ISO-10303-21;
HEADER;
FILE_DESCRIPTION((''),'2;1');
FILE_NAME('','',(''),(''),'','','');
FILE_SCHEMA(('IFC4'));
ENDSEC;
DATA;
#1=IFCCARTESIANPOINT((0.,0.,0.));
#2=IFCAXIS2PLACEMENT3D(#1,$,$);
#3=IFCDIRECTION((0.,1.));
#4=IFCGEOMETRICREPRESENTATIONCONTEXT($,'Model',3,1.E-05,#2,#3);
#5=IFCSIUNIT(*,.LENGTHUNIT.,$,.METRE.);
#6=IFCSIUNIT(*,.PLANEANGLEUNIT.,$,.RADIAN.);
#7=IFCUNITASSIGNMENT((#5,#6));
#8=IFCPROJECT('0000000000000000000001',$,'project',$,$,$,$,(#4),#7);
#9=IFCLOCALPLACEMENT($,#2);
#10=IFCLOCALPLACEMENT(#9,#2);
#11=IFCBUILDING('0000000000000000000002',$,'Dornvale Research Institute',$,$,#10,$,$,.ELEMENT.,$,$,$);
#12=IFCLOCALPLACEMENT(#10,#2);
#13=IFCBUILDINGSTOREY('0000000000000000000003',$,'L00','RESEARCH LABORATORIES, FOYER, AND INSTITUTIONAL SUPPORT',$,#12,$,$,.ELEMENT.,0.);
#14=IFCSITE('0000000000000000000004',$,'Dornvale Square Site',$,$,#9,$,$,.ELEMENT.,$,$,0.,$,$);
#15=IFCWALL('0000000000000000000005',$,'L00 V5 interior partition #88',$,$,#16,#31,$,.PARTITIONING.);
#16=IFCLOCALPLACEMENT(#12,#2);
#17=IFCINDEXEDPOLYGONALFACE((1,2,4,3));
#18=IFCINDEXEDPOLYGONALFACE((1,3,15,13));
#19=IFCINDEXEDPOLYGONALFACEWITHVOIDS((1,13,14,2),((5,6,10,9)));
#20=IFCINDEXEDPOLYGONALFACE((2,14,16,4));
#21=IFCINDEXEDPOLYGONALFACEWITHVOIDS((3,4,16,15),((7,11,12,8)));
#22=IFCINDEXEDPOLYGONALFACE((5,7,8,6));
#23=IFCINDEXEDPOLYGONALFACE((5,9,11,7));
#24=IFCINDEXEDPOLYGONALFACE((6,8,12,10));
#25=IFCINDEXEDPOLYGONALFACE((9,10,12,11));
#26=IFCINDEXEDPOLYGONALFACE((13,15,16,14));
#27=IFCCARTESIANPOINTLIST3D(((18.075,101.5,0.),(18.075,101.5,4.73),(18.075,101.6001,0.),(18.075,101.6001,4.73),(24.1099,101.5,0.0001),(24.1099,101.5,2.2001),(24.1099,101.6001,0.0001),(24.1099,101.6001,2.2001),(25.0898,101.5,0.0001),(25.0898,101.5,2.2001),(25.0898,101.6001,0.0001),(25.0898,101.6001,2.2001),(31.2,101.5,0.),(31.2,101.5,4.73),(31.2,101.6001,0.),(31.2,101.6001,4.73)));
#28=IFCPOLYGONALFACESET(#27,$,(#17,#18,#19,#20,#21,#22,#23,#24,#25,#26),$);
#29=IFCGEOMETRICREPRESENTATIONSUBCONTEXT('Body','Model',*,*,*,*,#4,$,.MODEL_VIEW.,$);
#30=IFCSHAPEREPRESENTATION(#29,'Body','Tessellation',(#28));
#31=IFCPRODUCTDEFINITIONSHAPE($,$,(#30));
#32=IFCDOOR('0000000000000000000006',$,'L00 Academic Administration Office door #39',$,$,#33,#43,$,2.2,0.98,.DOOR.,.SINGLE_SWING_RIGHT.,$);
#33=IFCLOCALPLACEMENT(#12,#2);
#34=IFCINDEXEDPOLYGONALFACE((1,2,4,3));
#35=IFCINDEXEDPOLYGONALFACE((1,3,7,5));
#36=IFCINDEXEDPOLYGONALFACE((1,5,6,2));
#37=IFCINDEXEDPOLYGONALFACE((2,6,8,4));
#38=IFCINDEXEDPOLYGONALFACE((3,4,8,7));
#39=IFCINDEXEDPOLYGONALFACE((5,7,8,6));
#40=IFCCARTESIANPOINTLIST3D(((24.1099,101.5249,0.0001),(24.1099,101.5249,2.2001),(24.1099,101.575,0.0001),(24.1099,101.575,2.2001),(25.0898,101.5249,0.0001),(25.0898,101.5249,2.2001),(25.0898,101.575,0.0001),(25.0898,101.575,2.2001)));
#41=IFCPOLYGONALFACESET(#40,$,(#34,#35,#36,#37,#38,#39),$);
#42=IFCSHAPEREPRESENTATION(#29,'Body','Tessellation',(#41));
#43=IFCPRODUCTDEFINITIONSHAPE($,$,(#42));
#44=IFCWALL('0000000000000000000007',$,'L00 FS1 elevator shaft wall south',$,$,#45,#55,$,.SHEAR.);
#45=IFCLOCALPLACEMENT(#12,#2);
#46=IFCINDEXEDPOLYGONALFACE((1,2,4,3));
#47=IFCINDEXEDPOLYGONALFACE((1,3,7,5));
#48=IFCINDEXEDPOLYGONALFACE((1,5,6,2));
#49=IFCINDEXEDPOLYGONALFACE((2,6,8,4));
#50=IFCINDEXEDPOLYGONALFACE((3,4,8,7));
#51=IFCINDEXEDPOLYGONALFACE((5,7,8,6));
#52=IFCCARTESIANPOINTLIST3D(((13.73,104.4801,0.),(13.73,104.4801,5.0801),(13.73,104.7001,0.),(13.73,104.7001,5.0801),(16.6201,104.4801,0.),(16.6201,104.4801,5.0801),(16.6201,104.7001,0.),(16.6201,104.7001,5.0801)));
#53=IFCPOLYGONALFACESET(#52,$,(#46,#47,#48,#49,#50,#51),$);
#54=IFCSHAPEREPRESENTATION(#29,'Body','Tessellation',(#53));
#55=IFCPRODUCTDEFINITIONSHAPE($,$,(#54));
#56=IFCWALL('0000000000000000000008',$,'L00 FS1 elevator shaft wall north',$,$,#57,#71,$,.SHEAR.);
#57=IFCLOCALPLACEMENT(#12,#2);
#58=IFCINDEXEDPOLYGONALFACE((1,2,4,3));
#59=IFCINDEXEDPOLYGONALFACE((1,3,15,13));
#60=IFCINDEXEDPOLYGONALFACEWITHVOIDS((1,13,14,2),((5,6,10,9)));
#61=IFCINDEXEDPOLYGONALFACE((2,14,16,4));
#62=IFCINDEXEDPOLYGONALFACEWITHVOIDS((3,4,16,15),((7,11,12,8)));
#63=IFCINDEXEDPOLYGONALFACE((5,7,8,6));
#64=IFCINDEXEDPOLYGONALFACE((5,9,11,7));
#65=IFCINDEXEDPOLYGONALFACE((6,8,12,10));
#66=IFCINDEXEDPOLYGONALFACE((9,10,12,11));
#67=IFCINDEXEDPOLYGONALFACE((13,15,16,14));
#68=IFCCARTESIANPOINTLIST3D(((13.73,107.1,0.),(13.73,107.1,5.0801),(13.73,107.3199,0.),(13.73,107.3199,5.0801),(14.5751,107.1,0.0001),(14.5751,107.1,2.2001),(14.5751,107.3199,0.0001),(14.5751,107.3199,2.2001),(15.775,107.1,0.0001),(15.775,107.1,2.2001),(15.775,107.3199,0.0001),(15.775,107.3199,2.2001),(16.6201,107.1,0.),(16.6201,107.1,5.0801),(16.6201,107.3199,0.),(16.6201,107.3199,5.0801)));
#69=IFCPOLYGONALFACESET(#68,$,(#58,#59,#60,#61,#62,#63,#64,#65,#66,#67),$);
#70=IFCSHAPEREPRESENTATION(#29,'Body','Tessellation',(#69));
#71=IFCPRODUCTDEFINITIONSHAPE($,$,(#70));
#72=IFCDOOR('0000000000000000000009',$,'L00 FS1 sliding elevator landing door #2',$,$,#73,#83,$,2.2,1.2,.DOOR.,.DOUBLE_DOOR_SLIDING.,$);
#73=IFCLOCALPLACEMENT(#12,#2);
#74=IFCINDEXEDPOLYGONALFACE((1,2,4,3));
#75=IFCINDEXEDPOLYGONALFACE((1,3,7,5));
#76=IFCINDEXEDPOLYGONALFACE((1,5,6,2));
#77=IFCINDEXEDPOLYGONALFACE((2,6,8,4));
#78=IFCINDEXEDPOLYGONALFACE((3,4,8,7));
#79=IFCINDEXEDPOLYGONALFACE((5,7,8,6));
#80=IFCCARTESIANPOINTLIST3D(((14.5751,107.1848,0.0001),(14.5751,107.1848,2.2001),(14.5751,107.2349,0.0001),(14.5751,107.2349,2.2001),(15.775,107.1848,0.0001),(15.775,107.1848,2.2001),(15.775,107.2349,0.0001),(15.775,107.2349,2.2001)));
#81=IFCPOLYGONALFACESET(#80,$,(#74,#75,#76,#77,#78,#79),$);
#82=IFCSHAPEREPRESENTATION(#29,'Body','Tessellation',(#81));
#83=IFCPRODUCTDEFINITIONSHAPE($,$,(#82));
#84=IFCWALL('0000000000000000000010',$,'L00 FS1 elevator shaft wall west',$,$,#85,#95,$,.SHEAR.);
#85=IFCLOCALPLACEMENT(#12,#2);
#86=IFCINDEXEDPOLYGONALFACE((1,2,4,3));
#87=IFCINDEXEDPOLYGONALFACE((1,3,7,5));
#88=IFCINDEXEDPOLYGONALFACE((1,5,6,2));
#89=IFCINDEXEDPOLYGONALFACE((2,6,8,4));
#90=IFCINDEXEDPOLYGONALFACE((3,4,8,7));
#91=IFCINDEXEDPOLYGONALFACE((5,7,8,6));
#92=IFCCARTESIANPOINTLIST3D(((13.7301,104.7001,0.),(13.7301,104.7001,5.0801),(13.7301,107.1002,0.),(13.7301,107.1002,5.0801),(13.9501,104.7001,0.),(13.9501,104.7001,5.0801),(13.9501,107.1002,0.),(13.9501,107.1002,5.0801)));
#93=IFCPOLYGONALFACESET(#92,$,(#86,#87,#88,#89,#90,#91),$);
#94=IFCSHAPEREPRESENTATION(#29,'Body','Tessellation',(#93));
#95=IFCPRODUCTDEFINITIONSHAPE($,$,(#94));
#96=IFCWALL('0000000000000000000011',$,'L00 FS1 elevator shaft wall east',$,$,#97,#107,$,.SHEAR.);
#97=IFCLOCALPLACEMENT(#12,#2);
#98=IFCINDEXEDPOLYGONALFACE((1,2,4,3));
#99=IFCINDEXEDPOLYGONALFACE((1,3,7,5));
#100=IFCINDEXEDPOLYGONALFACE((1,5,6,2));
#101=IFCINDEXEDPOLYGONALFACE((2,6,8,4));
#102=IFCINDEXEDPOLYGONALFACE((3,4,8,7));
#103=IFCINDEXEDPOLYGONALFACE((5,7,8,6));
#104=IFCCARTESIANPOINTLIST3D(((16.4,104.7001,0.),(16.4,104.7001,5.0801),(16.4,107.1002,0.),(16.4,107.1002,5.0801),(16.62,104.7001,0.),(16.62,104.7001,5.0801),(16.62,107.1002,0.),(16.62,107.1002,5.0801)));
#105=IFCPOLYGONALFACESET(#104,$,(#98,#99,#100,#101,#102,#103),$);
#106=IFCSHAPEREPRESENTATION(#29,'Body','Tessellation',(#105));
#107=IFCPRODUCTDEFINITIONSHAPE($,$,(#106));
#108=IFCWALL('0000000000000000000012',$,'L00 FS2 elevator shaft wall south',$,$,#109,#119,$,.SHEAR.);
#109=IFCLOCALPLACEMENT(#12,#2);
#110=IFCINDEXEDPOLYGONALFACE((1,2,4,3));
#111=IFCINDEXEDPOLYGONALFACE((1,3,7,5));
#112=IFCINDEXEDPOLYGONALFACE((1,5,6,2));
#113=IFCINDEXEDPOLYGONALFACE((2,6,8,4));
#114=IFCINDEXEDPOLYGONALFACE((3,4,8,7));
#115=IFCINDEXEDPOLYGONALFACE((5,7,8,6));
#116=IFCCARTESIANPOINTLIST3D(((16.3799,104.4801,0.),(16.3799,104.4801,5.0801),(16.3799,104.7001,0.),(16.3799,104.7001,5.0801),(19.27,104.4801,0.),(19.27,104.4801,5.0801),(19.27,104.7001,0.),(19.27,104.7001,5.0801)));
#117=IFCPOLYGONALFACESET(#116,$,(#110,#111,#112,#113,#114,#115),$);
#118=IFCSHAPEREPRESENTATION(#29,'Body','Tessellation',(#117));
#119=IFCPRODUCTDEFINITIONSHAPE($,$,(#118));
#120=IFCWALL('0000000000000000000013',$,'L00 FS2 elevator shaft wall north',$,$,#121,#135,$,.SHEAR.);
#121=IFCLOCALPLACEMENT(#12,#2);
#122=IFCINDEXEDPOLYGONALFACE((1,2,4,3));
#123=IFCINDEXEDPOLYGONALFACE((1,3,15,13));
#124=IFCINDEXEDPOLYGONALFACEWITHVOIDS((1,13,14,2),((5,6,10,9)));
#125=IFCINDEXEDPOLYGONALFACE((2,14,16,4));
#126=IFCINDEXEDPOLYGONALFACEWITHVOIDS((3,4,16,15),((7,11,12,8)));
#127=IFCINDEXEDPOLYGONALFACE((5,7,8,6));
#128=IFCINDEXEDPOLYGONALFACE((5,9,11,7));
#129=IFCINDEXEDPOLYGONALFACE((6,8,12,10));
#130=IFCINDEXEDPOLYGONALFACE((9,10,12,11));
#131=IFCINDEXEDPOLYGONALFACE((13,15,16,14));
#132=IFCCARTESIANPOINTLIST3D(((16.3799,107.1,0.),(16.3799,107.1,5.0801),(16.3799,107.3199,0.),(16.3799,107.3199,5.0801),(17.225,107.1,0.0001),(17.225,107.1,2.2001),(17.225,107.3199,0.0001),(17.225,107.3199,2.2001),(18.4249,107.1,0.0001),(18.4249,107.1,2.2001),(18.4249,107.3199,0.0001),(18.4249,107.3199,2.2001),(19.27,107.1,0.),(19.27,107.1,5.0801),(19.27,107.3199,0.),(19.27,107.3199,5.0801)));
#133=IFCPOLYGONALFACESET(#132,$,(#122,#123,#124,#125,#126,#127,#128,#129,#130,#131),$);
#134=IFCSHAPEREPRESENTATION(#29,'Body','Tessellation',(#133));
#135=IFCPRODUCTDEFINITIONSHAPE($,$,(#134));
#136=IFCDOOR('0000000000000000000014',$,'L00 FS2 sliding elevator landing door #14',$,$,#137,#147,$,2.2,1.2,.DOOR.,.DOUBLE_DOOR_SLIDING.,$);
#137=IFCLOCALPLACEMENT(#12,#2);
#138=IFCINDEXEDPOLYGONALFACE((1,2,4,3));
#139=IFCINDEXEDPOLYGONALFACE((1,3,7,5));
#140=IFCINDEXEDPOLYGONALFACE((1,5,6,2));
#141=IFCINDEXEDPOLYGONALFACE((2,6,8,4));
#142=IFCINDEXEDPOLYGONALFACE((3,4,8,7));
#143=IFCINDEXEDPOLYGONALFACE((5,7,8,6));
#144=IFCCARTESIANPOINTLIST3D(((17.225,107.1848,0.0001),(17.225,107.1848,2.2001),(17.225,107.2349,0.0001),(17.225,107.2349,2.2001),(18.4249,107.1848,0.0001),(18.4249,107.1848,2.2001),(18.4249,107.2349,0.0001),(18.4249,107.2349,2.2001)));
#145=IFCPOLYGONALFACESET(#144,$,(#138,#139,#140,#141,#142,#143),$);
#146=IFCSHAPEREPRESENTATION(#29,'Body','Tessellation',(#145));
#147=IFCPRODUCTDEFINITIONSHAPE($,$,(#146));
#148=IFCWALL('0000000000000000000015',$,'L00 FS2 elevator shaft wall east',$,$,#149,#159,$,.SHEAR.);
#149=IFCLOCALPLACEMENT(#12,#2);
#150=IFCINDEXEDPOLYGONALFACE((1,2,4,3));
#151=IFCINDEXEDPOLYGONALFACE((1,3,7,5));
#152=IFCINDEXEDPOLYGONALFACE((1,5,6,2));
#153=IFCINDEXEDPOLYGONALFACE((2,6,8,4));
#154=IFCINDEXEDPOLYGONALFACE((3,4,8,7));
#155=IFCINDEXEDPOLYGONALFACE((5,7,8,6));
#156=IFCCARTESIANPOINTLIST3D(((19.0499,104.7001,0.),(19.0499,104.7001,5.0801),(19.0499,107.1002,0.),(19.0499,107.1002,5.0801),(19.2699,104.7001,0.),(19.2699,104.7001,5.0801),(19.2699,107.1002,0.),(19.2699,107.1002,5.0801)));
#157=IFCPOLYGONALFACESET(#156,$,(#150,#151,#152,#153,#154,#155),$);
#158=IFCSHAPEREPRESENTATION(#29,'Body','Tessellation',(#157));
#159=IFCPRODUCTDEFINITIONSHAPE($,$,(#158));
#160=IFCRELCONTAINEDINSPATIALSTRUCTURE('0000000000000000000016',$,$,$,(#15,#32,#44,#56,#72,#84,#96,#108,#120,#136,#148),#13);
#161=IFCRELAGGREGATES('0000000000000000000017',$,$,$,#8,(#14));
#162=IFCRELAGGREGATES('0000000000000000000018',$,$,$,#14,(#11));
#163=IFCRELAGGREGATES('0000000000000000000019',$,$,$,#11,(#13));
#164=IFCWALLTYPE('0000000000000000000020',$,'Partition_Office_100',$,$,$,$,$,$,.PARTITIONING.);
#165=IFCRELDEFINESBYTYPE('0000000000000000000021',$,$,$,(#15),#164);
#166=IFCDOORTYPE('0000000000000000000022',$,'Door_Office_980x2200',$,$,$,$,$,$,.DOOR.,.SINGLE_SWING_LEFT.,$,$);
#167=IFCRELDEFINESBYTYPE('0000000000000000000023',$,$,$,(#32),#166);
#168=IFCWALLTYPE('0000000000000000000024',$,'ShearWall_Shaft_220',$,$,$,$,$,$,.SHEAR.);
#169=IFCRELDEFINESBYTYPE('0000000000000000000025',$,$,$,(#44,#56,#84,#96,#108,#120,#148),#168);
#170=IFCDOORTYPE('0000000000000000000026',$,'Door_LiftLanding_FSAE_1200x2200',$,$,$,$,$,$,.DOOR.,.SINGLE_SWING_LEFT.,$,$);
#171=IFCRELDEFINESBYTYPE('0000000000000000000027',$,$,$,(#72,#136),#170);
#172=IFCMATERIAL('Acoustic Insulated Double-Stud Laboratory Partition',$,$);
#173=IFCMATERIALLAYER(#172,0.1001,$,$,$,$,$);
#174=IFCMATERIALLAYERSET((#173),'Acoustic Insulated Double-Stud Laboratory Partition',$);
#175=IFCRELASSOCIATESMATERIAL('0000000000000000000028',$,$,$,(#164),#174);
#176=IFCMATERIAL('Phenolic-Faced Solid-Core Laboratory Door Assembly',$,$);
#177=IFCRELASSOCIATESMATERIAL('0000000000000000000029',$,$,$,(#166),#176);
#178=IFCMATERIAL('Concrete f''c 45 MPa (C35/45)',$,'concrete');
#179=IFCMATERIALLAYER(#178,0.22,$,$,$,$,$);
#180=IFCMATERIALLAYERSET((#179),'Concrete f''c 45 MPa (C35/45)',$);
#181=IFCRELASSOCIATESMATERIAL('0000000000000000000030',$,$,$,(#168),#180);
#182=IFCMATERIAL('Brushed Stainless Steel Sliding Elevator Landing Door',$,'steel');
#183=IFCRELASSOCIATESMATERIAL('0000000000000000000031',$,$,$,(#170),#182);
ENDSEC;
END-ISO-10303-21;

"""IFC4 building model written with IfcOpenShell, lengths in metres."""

from ifc_helpers import new_model, si_unit, direction, frame, frame_2d, origin, place, context, subcontext, project, spatial, rectangle, extrude, material, layer, layer_set, type_object, element, fill, save


model = new_model("IFC4")

# Units and contexts
model_context = context("Model", 3, precision=1e-05, world=origin(), true_north=direction((0.0, 1.0)))
body_context = subcontext(model_context, "Body", "Model", "MODEL_VIEW")
ifc_project = project(units=[si_unit("LENGTHUNIT", "METRE"), si_unit("PLANEANGLEUNIT", "RADIAN")], contexts=[model_context])

# Site, building, storey
site_placement = place(None, origin())
site = spatial("IfcSite", under=ifc_project, at=site_placement, Name="Dornvale Square Site", CompositionType="ELEMENT", RefElevation=0.0)
building_placement = place(site_placement, origin())
building = spatial("IfcBuilding", under=site, at=building_placement, Name="Dornvale Research Institute", CompositionType="ELEMENT")
storey_placement = place(building_placement, origin())
storey = spatial("IfcBuildingStorey", under=building, at=storey_placement, Name="L00", Description="RESEARCH LABORATORIES, FOYER, AND INSTITUTIONAL SUPPORT", CompositionType="ELEMENT", Elevation=0.0)

# Wall, opening, door
ifc_material_1 = material(Name="Acoustic Insulated Double-Stud Laboratory Partition")
ifc_layer_1 = layer(ifc_material_1, 0.1001)
ifc_layer_set_1 = layer_set([ifc_layer_1], Name="Acoustic Insulated Double-Stud Laboratory Partition")
wall_type_1 = type_object("IfcWallType", Name="Partition_Office_100", PredefinedType="PARTITIONING", material=ifc_layer_set_1)
wall_1_placement = place(storey_placement, frame((18.075, 101.55, 0.0), z_axis=(0.0, 0.0, 1.0), x_axis=(1.0, 0.0, 0.0)))
wall_1 = element("IfcWall", 1, at=wall_1_placement, inside=storey, type_object=wall_type_1, Name="L00 V5 interior partition #88", PredefinedType="PARTITIONING", context=body_context, shape_type="SweptSolid", body=[
    extrude(rectangle(XDim=13.125, YDim=0.1001, at=frame_2d((6.5625, 0.0))), origin(), (0.0, 0.0, 1.0), 4.73),
])
opening_1_placement = place(wall_1_placement, frame((6.0349, 0.0, 0.0)))
opening_1 = element("IfcOpeningElement", 2, at=opening_1_placement, cuts=wall_1, PredefinedType="OPENING", context=body_context, shape_type="SweptSolid", body=[
    extrude(rectangle(XDim=0.98, YDim=2.2, at=frame_2d((0.49, 1.1001))), frame((0.0, 0.0649, 0.0), z_axis=(0.0, -1.0, 0.0), x_axis=(1.0, 0.0, 0.0)), (0.0, 0.0, 1.0), 0.1301),
])
ifc_material_2 = material(Name="Phenolic-Faced Solid-Core Laboratory Door Assembly")
door_type_1 = type_object("IfcDoorType", Name="Door_Office_980x2200", OperationType="SINGLE_SWING_LEFT", PredefinedType="DOOR", material=ifc_material_2)
door_1_placement = place(opening_1_placement, origin())
door_1 = element("IfcDoor", 3, at=door_1_placement, inside=storey, type_object=door_type_1, Name="L00 Academic Administration Office door #39", OperationType="SINGLE_SWING_RIGHT", OverallHeight=2.2, OverallWidth=0.98, PredefinedType="DOOR", context=body_context, shape_type="SweptSolid", body=[
    extrude(rectangle(XDim=0.98, YDim=2.2, at=frame_2d((0.49, 1.1001))), frame((0.0, 0.0249, 0.0), z_axis=(0.0, -1.0, 0.0), x_axis=(1.0, 0.0, 0.0)), (0.0, 0.0, 1.0), 0.05),
])
fill(opening_1, door_1)

# Wall
ifc_material_3 = material(Name="Concrete f'c 45 MPa (C35/45)", Category="concrete")
ifc_layer_2 = layer(ifc_material_3, 0.22)
ifc_layer_set_2 = layer_set([ifc_layer_2], Name="Concrete f'c 45 MPa (C35/45)")
wall_type_2 = type_object("IfcWallType", Name="ShearWall_Shaft_220", PredefinedType="SHEAR", material=ifc_layer_set_2)
wall_2_placement = place(storey_placement, frame((13.73, 104.5901, 0.0), z_axis=(0.0, 0.0, 1.0), x_axis=(1.0, 0.0, 0.0)))
element("IfcWall", 4, at=wall_2_placement, inside=storey, type_object=wall_type_2, Name="L00 FS1 elevator shaft wall south", PredefinedType="SHEAR", context=body_context, shape_type="SweptSolid", body=[
    extrude(rectangle(XDim=2.8901, YDim=0.22, at=frame_2d((1.4451, 0.0))), origin(), (0.0, 0.0, 1.0), 5.0801),
])

# Wall, opening, door
wall_3_placement = place(storey_placement, frame((13.73, 107.21, 0.0), z_axis=(0.0, 0.0, 1.0), x_axis=(1.0, 0.0, 0.0)))
wall_3 = element("IfcWall", 5, at=wall_3_placement, inside=storey, type_object=wall_type_2, Name="L00 FS1 elevator shaft wall north", PredefinedType="SHEAR", context=body_context, shape_type="SweptSolid", body=[
    extrude(rectangle(XDim=2.8901, YDim=0.22, at=frame_2d((1.4451, 0.0))), origin(), (0.0, 0.0, 1.0), 5.0801),
])
opening_2_placement = place(wall_3_placement, frame((0.845, 0.0, 0.0)))
opening_2 = element("IfcOpeningElement", 6, at=opening_2_placement, cuts=wall_3, PredefinedType="OPENING", context=body_context, shape_type="SweptSolid", body=[
    extrude(rectangle(XDim=1.2, YDim=2.2, at=frame_2d((0.6001, 1.1001))), frame((0.0, 0.125, 0.0), z_axis=(0.0, -1.0, 0.0), x_axis=(1.0, 0.0, 0.0)), (0.0, 0.0, 1.0), 0.25),
])
ifc_material_4 = material(Name="Brushed Stainless Steel Sliding Elevator Landing Door", Category="steel")
door_type_2 = type_object("IfcDoorType", Name="Door_LiftLanding_FSAE_1200x2200", OperationType="SINGLE_SWING_LEFT", PredefinedType="DOOR", material=ifc_material_4)
door_2_placement = place(opening_2_placement, origin())
door_2 = element("IfcDoor", 7, at=door_2_placement, inside=storey, type_object=door_type_2, Name="L00 FS1 sliding elevator landing door #2", OperationType="DOUBLE_DOOR_SLIDING", OverallHeight=2.2, OverallWidth=1.2, PredefinedType="DOOR", context=body_context, shape_type="SweptSolid", body=[
    extrude(rectangle(XDim=1.2, YDim=2.2, at=frame_2d((0.6001, 1.1001))), frame((0.0, 0.0249, 0.0), z_axis=(0.0, -1.0, 0.0), x_axis=(1.0, 0.0, 0.0)), (0.0, 0.0, 1.0), 0.05),
])
fill(opening_2, door_2)

# Walls
for number, where, z_axis, x_axis, name in (
    (8, (13.8401, 104.7, 0.0), (0.0, 0.0, 1.0), (0.0, 1.0, 0.0), "L00 FS1 elevator shaft wall west"),
    (9, (16.51, 104.7, 0.0), (0.0, 0.0, 1.0), (0.0, 1.0, 0.0), "L00 FS1 elevator shaft wall east"),
):
    element("IfcWall", number, at=place(storey_placement, frame(where, z_axis=z_axis, x_axis=x_axis)), inside=storey, type_object=wall_type_2, Name=name, PredefinedType="SHEAR", context=body_context, shape_type="SweptSolid", body=[
        extrude(rectangle(XDim=2.4001, YDim=0.22, at=frame_2d((1.2002, 0.0))), origin(), (0.0, 0.0, 1.0), 5.0801),
    ])
wall_4_placement = place(storey_placement, frame((16.3799, 104.5901, 0.0), z_axis=(0.0, 0.0, 1.0), x_axis=(1.0, 0.0, 0.0)))
element("IfcWall", 10, at=wall_4_placement, inside=storey, type_object=wall_type_2, Name="L00 FS2 elevator shaft wall south", PredefinedType="SHEAR", context=body_context, shape_type="SweptSolid", body=[
    extrude(rectangle(XDim=2.8901, YDim=0.22, at=frame_2d((1.4451, 0.0))), origin(), (0.0, 0.0, 1.0), 5.0801),
])

# Wall, opening, door
wall_5_placement = place(storey_placement, frame((16.3799, 107.21, 0.0), z_axis=(0.0, 0.0, 1.0), x_axis=(1.0, 0.0, 0.0)))
wall_5 = element("IfcWall", 11, at=wall_5_placement, inside=storey, type_object=wall_type_2, Name="L00 FS2 elevator shaft wall north", PredefinedType="SHEAR", context=body_context, shape_type="SweptSolid", body=[
    extrude(rectangle(XDim=2.8901, YDim=0.22, at=frame_2d((1.4451, 0.0))), origin(), (0.0, 0.0, 1.0), 5.0801),
])
opening_3_placement = place(wall_5_placement, frame((0.845, 0.0, 0.0)))
opening_3 = element("IfcOpeningElement", 12, at=opening_3_placement, cuts=wall_5, PredefinedType="OPENING", context=body_context, shape_type="SweptSolid", body=[
    extrude(rectangle(XDim=1.2, YDim=2.2, at=frame_2d((0.6001, 1.1001))), frame((0.0, 0.125, 0.0), z_axis=(0.0, -1.0, 0.0), x_axis=(1.0, 0.0, 0.0)), (0.0, 0.0, 1.0), 0.25),
])
door_3_placement = place(opening_3_placement, origin())
door_3 = element("IfcDoor", 13, at=door_3_placement, inside=storey, type_object=door_type_2, Name="L00 FS2 sliding elevator landing door #14", OperationType="DOUBLE_DOOR_SLIDING", OverallHeight=2.2, OverallWidth=1.2, PredefinedType="DOOR", context=body_context, shape_type="SweptSolid", body=[
    extrude(rectangle(XDim=1.2, YDim=2.2, at=frame_2d((0.6001, 1.1001))), frame((0.0, 0.0249, 0.0), z_axis=(0.0, -1.0, 0.0), x_axis=(1.0, 0.0, 0.0)), (0.0, 0.0, 1.0), 0.05),
])
fill(opening_3, door_3)

# Wall
wall_6_placement = place(storey_placement, frame((19.1599, 104.7, 0.0), z_axis=(0.0, 0.0, 1.0), x_axis=(0.0, 1.0, 0.0)))
element("IfcWall", 14, at=wall_6_placement, inside=storey, type_object=wall_type_2, Name="L00 FS2 elevator shaft wall east", PredefinedType="SHEAR", context=body_context, shape_type="SweptSolid", body=[
    extrude(rectangle(XDim=2.4001, YDim=0.22, at=frame_2d((1.2002, 0.0))), origin(), (0.0, 0.0, 1.0), 5.0801),
])

save(model, "model.ifc")
